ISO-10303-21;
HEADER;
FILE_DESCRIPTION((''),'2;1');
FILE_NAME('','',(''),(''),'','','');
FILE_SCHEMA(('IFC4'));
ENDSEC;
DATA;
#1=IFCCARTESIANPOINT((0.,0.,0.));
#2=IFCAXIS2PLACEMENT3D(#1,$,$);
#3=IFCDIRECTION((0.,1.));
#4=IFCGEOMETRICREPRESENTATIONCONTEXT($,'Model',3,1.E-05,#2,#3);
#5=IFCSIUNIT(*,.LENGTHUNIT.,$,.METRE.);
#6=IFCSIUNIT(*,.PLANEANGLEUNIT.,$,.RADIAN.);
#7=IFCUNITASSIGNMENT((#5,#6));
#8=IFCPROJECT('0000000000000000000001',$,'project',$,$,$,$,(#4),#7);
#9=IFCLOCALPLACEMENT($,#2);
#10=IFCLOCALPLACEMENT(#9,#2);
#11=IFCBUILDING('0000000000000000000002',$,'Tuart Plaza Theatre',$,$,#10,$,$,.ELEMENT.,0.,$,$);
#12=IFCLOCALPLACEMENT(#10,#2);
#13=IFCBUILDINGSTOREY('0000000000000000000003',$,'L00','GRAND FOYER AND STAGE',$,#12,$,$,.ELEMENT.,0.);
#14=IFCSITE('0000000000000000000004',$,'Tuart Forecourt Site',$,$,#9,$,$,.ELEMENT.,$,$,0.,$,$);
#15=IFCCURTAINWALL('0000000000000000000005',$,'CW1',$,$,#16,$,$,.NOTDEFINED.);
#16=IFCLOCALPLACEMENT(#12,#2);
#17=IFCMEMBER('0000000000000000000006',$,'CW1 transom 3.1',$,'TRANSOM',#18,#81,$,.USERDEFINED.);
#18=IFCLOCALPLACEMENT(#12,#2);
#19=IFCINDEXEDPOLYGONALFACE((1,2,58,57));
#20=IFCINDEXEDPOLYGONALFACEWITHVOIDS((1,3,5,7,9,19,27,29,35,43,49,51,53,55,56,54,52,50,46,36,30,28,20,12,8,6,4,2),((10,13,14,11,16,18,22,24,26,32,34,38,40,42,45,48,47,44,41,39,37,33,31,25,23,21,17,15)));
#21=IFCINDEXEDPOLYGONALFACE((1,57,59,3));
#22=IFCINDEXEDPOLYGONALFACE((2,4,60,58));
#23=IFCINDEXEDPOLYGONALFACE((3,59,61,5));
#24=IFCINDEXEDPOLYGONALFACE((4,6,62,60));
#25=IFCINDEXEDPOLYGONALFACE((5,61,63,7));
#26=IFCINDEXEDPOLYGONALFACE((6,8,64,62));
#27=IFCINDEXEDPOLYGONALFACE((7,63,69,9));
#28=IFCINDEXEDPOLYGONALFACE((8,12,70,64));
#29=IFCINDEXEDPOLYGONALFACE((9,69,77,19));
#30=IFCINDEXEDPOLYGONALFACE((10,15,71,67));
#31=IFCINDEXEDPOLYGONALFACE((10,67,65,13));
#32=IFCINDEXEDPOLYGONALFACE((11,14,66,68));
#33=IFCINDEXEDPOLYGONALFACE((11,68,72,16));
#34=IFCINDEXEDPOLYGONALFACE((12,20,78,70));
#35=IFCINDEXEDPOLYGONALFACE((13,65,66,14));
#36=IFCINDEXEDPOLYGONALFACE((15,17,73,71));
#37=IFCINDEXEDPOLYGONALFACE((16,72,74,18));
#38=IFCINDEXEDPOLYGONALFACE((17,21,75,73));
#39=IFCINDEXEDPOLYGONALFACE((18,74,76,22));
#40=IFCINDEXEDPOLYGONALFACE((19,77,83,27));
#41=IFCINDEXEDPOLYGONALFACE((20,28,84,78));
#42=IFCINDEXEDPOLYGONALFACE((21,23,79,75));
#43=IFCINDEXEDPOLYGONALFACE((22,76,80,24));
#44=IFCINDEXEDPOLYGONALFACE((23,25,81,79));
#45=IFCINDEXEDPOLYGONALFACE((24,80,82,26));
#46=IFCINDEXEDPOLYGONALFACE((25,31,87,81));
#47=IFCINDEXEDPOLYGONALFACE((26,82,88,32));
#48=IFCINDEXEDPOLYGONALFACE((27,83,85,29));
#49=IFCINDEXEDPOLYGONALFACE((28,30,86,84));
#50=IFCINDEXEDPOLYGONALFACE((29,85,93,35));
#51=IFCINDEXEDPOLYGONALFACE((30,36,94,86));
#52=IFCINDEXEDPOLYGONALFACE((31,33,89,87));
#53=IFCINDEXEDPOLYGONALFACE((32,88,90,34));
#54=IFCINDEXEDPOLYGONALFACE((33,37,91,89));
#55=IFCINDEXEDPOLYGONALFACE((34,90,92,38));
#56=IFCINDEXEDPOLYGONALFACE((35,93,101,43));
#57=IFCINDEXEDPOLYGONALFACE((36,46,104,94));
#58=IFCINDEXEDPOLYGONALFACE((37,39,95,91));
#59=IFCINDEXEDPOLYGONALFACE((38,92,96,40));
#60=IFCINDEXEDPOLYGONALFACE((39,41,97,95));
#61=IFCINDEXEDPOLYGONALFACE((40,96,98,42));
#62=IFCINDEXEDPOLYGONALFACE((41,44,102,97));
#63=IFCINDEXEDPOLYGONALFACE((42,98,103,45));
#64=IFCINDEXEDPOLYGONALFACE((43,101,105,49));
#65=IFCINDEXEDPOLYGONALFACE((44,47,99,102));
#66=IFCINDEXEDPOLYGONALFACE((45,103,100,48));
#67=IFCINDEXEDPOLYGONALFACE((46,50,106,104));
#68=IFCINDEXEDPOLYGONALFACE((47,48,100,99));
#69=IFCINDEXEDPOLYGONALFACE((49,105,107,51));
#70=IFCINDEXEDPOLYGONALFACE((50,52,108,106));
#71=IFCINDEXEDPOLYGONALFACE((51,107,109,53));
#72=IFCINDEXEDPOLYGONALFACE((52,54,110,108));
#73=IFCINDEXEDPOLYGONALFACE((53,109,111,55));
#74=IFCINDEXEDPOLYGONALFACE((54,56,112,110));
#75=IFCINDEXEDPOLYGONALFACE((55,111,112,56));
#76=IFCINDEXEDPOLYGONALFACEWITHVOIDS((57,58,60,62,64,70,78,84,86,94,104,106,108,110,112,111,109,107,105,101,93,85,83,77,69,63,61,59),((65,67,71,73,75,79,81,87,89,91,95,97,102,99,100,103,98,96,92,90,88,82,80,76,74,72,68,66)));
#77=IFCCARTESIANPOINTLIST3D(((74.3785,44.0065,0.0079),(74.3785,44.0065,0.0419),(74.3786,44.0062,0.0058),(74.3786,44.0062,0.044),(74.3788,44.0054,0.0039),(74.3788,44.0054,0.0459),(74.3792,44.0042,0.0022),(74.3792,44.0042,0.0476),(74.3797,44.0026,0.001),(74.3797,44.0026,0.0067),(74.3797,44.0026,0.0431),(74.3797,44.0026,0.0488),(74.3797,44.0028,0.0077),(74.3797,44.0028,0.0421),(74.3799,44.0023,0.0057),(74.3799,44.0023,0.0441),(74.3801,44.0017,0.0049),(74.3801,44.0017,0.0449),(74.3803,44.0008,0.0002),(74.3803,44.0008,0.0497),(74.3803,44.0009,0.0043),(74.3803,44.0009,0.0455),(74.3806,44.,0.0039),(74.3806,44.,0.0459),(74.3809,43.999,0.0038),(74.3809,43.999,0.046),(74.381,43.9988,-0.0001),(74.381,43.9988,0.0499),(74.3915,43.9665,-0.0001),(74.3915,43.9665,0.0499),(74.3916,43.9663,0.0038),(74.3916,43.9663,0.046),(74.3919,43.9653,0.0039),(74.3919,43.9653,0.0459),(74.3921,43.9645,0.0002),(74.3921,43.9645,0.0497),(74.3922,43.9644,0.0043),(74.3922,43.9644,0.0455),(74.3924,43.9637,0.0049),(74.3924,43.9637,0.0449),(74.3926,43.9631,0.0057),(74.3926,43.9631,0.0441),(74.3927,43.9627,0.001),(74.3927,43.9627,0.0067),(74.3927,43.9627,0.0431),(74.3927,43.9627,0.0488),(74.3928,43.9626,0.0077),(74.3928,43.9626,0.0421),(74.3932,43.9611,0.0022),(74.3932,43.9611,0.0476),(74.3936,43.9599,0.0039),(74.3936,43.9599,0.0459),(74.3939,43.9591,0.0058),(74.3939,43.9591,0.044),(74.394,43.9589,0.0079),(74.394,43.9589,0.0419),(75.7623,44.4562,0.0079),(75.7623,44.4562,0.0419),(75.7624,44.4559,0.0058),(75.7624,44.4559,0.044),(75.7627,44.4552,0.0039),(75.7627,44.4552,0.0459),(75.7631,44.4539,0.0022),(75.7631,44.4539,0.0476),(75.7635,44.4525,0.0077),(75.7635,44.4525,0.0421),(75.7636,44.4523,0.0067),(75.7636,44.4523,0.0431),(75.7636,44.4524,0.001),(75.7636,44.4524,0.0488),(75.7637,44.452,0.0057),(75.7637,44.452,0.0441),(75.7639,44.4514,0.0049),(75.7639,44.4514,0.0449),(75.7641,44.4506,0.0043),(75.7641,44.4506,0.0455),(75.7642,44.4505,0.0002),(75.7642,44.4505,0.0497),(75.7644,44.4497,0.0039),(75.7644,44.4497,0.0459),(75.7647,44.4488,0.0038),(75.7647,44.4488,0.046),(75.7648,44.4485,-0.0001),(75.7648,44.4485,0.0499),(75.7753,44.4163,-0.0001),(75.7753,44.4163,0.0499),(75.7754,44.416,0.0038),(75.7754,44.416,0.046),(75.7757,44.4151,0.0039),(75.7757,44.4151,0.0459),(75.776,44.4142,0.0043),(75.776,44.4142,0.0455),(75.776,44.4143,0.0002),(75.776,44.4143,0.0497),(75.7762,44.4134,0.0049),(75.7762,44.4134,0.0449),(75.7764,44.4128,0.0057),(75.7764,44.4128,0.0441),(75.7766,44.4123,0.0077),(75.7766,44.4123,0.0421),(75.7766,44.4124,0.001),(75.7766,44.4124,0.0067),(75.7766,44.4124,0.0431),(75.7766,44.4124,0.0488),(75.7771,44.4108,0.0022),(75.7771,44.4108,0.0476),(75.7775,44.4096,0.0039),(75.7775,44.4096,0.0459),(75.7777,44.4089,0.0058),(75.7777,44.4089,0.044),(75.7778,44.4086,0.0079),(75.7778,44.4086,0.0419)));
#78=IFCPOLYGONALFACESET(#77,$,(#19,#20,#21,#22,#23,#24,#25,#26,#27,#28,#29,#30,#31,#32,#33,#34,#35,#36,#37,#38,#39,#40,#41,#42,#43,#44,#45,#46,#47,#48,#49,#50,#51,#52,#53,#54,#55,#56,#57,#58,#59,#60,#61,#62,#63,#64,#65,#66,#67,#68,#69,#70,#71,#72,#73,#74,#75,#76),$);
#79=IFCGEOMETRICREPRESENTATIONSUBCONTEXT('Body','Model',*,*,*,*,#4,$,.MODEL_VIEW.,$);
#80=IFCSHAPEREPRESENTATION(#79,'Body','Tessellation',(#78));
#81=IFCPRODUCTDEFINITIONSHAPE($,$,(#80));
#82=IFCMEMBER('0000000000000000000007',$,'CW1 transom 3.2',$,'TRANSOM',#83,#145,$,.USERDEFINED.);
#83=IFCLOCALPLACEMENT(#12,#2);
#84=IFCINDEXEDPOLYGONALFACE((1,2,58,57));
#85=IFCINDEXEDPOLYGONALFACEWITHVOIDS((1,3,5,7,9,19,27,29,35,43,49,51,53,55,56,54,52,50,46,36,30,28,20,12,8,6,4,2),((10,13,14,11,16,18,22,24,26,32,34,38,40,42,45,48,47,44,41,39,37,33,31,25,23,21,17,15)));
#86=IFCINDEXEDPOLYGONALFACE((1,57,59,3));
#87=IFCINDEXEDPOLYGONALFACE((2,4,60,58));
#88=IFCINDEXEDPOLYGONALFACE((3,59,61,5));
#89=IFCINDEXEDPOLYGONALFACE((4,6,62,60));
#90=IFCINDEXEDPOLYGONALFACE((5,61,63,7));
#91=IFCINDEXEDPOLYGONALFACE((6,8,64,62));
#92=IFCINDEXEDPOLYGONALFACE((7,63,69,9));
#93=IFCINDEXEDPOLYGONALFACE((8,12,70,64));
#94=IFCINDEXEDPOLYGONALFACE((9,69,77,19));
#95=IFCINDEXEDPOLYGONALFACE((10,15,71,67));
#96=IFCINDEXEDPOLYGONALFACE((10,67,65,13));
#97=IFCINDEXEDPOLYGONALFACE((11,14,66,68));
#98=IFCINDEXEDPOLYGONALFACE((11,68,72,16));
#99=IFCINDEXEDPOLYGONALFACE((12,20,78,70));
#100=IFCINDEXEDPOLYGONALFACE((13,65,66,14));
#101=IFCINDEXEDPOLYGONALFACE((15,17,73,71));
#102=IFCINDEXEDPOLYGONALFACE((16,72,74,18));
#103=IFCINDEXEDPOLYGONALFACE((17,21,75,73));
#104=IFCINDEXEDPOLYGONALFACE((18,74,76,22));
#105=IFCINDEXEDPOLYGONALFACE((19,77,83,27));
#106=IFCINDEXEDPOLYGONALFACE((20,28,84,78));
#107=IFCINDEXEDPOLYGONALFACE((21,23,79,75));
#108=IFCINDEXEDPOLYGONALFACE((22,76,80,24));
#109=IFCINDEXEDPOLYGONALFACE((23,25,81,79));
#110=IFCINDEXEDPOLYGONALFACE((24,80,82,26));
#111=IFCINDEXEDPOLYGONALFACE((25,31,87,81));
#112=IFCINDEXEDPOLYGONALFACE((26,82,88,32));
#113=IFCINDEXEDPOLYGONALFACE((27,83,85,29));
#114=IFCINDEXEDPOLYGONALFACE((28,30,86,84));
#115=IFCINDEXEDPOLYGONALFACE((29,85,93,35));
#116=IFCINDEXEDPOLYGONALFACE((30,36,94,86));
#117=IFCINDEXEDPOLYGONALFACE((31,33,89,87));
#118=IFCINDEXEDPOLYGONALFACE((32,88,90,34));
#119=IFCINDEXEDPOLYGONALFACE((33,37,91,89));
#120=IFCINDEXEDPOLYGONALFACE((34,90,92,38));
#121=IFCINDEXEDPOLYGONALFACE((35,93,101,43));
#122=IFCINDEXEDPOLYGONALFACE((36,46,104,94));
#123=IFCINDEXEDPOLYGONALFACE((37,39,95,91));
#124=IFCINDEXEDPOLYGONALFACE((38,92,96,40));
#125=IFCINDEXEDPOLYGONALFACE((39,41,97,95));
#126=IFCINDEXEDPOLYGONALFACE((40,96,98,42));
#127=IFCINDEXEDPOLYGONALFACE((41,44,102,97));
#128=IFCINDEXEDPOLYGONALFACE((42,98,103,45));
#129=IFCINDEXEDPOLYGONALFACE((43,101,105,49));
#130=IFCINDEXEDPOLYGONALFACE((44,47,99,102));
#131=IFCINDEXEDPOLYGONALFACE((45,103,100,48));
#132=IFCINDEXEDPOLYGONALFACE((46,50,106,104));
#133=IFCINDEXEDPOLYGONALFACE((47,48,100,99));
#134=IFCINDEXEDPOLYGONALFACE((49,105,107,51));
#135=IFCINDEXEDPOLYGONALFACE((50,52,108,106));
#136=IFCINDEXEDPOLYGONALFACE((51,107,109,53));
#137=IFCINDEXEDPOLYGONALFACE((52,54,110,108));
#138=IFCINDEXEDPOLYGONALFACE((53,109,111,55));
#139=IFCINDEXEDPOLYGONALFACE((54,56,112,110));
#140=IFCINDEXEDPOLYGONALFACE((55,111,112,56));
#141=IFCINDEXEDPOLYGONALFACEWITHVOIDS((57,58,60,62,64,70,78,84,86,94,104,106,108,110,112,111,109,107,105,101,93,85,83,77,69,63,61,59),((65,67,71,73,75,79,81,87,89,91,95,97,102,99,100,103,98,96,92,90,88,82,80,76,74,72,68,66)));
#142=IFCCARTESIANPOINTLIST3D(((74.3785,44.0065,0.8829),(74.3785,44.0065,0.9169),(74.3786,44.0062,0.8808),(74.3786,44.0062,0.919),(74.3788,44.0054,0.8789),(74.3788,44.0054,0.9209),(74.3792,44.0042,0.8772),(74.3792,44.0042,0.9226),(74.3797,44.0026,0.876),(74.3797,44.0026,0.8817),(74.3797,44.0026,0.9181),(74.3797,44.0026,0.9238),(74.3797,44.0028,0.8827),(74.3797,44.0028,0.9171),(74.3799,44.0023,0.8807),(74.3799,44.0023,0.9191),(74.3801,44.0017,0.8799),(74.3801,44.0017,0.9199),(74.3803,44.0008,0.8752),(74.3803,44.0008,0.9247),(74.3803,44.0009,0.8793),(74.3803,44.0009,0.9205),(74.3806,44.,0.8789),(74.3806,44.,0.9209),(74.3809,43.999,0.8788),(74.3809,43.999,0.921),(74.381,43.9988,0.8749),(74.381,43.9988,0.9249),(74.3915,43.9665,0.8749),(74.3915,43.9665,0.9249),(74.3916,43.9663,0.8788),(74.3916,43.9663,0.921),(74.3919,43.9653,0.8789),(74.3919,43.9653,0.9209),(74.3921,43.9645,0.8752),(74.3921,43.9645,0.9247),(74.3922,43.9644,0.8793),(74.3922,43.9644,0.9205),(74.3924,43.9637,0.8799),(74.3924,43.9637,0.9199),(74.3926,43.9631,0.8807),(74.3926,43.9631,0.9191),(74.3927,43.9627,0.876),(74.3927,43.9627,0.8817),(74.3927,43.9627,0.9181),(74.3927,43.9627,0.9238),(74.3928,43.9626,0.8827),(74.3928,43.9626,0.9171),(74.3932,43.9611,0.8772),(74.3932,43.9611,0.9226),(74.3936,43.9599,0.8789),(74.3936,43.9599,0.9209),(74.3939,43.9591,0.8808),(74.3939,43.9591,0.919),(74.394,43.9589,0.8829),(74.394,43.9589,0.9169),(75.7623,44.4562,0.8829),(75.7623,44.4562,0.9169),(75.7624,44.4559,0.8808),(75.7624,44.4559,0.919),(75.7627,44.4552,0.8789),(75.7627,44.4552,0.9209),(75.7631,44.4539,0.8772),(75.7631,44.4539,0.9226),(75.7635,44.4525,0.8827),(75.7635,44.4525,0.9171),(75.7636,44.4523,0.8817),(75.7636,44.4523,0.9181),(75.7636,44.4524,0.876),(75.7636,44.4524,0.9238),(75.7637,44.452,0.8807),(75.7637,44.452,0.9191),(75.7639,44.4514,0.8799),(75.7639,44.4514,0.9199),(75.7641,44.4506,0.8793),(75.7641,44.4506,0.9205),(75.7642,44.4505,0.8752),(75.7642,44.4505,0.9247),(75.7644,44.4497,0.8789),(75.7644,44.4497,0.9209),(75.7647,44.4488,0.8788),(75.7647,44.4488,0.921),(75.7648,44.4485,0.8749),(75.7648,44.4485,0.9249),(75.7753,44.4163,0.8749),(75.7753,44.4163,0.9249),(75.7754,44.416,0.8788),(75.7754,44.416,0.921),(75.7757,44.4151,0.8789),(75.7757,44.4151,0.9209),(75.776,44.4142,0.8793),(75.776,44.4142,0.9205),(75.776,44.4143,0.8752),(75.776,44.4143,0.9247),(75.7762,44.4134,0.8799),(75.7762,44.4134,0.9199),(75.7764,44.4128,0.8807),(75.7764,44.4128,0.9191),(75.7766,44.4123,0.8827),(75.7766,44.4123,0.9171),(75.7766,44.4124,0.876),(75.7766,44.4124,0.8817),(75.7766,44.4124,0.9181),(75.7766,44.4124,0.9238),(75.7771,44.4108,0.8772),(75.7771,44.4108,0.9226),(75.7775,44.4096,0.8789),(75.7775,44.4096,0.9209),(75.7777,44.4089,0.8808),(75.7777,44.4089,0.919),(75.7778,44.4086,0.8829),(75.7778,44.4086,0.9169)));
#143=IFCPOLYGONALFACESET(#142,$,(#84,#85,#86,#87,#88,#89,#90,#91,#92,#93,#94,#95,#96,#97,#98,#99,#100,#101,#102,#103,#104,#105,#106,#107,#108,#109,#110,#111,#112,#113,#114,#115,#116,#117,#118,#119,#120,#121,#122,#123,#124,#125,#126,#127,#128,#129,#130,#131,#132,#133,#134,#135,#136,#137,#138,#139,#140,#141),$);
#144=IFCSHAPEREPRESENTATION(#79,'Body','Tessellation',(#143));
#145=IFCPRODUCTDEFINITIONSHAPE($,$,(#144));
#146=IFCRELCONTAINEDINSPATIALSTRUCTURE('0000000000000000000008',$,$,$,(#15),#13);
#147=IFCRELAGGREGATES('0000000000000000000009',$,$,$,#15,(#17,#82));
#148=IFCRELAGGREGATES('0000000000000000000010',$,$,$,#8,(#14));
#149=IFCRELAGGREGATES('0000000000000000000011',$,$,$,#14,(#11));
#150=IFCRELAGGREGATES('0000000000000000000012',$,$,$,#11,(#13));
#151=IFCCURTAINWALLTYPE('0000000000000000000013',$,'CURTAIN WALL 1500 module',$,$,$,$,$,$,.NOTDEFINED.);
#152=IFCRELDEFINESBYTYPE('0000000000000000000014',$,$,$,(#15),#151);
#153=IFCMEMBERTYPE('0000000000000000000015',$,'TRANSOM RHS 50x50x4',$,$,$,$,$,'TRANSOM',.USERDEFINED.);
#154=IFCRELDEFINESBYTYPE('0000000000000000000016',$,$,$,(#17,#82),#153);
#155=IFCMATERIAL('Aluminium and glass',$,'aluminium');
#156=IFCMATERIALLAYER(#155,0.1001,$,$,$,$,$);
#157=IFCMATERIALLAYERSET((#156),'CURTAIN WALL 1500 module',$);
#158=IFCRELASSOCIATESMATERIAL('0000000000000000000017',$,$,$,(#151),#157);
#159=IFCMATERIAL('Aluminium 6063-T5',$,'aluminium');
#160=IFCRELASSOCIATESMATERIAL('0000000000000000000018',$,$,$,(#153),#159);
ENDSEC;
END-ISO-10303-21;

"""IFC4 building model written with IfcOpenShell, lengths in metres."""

from ifc_helpers import new_model, si_unit, direction, frame, origin, origin_2d, place, context, subcontext, project, spatial, hollow_rectangle, extrude, material, layer, layer_set, material_profile, profile_set, type_object, element, aggregate, save


model = new_model("IFC4")

# Units and contexts
model_context = context("Model", 3, precision=1e-05, world=origin(), true_north=direction((0.0, 1.0)))
body_context = subcontext(model_context, "Body", "Model", "MODEL_VIEW")
ifc_project = project(units=[si_unit("LENGTHUNIT", "METRE"), si_unit("PLANEANGLEUNIT", "RADIAN")], contexts=[model_context])

# Site, building, storey
site_placement = place(None, origin())
site = spatial("IfcSite", under=ifc_project, at=site_placement, Name="Tuart Forecourt Site", CompositionType="ELEMENT", RefElevation=0.0)
building_placement = place(site_placement, origin())
building = spatial("IfcBuilding", under=site, at=building_placement, Name="Tuart Plaza Theatre", CompositionType="ELEMENT", ElevationOfRefHeight=0.0)
storey_placement = place(building_placement, origin())
storey = spatial("IfcBuildingStorey", under=building, at=storey_placement, Name="L00", Description="GRAND FOYER AND STAGE", CompositionType="ELEMENT", Elevation=0.0)

# Curtain wall
ifc_material_1 = material(Name="Aluminium and glass", Category="aluminium")
ifc_layer_1 = layer(ifc_material_1, 0.1001)
ifc_layer_set_1 = layer_set([ifc_layer_1], Name="CURTAIN WALL 1500 module")
curtain_wall_type = type_object("IfcCurtainWallType", Name="CURTAIN WALL 1500 module", PredefinedType="NOTDEFINED", material=ifc_layer_set_1)
curtain_wall_1_placement = place(storey_placement, origin())
curtain_wall_1 = element("IfcCurtainWall", 1, at=curtain_wall_1_placement, inside=storey, type_object=curtain_wall_type, Name="CW1", PredefinedType="NOTDEFINED")

# Members
ifc_material_2 = material(Name="Aluminium 6063-T5", Category="aluminium")
ifc_material_profile_1 = material_profile(ifc_material_2, hollow_rectangle(XDim=0.05, YDim=0.05, WallThickness=0.0039, InnerFilletRadius=0.0039, OuterFilletRadius=0.0081, at=origin_2d()), Name="RHS 50x50x4")
ifc_profile_set_1 = profile_set([ifc_material_profile_1], Name="Aluminium 6063-T5")
member_type_1 = type_object("IfcMemberType", Name="TRANSOM RHS 50x50x4", ElementType="TRANSOM", PredefinedType="USERDEFINED", material=ifc_profile_set_1)
member_1_placement = place(storey_placement, frame((74.3862, 43.9827, 0.0249), z_axis=(0.951039, 0.309071, 0.0), x_axis=(-0.309071, 0.951039, 0.0)))
member_1 = element("IfcMember", 2, at=member_1_placement, type_object=member_type_1, Name="CW1 transom 3.1", ObjectType="TRANSOM", PredefinedType="USERDEFINED", context=body_context, shape_type="SweptSolid", body=[
    extrude(hollow_rectangle(XDim=0.05, YDim=0.05, WallThickness=0.0039, InnerFilletRadius=0.0039, OuterFilletRadius=0.0081, at=origin_2d()), origin(), (0.0, 0.0, 1.0), 1.4551),
])
member_2_placement = place(storey_placement, frame((74.3862, 43.9827, 0.8999), z_axis=(0.951039, 0.309071, 0.0), x_axis=(-0.309071, 0.951039, 0.0)))
member_2 = element("IfcMember", 3, at=member_2_placement, type_object=member_type_1, Name="CW1 transom 3.2", ObjectType="TRANSOM", PredefinedType="USERDEFINED", context=body_context, shape_type="SweptSolid", body=[
    extrude(hollow_rectangle(XDim=0.05, YDim=0.05, WallThickness=0.0039, InnerFilletRadius=0.0039, OuterFilletRadius=0.0081, at=origin_2d()), origin(), (0.0, 0.0, 1.0), 1.4551),
])

aggregate(curtain_wall_1, [member_1, member_2])

save(model, "model.ifc")
